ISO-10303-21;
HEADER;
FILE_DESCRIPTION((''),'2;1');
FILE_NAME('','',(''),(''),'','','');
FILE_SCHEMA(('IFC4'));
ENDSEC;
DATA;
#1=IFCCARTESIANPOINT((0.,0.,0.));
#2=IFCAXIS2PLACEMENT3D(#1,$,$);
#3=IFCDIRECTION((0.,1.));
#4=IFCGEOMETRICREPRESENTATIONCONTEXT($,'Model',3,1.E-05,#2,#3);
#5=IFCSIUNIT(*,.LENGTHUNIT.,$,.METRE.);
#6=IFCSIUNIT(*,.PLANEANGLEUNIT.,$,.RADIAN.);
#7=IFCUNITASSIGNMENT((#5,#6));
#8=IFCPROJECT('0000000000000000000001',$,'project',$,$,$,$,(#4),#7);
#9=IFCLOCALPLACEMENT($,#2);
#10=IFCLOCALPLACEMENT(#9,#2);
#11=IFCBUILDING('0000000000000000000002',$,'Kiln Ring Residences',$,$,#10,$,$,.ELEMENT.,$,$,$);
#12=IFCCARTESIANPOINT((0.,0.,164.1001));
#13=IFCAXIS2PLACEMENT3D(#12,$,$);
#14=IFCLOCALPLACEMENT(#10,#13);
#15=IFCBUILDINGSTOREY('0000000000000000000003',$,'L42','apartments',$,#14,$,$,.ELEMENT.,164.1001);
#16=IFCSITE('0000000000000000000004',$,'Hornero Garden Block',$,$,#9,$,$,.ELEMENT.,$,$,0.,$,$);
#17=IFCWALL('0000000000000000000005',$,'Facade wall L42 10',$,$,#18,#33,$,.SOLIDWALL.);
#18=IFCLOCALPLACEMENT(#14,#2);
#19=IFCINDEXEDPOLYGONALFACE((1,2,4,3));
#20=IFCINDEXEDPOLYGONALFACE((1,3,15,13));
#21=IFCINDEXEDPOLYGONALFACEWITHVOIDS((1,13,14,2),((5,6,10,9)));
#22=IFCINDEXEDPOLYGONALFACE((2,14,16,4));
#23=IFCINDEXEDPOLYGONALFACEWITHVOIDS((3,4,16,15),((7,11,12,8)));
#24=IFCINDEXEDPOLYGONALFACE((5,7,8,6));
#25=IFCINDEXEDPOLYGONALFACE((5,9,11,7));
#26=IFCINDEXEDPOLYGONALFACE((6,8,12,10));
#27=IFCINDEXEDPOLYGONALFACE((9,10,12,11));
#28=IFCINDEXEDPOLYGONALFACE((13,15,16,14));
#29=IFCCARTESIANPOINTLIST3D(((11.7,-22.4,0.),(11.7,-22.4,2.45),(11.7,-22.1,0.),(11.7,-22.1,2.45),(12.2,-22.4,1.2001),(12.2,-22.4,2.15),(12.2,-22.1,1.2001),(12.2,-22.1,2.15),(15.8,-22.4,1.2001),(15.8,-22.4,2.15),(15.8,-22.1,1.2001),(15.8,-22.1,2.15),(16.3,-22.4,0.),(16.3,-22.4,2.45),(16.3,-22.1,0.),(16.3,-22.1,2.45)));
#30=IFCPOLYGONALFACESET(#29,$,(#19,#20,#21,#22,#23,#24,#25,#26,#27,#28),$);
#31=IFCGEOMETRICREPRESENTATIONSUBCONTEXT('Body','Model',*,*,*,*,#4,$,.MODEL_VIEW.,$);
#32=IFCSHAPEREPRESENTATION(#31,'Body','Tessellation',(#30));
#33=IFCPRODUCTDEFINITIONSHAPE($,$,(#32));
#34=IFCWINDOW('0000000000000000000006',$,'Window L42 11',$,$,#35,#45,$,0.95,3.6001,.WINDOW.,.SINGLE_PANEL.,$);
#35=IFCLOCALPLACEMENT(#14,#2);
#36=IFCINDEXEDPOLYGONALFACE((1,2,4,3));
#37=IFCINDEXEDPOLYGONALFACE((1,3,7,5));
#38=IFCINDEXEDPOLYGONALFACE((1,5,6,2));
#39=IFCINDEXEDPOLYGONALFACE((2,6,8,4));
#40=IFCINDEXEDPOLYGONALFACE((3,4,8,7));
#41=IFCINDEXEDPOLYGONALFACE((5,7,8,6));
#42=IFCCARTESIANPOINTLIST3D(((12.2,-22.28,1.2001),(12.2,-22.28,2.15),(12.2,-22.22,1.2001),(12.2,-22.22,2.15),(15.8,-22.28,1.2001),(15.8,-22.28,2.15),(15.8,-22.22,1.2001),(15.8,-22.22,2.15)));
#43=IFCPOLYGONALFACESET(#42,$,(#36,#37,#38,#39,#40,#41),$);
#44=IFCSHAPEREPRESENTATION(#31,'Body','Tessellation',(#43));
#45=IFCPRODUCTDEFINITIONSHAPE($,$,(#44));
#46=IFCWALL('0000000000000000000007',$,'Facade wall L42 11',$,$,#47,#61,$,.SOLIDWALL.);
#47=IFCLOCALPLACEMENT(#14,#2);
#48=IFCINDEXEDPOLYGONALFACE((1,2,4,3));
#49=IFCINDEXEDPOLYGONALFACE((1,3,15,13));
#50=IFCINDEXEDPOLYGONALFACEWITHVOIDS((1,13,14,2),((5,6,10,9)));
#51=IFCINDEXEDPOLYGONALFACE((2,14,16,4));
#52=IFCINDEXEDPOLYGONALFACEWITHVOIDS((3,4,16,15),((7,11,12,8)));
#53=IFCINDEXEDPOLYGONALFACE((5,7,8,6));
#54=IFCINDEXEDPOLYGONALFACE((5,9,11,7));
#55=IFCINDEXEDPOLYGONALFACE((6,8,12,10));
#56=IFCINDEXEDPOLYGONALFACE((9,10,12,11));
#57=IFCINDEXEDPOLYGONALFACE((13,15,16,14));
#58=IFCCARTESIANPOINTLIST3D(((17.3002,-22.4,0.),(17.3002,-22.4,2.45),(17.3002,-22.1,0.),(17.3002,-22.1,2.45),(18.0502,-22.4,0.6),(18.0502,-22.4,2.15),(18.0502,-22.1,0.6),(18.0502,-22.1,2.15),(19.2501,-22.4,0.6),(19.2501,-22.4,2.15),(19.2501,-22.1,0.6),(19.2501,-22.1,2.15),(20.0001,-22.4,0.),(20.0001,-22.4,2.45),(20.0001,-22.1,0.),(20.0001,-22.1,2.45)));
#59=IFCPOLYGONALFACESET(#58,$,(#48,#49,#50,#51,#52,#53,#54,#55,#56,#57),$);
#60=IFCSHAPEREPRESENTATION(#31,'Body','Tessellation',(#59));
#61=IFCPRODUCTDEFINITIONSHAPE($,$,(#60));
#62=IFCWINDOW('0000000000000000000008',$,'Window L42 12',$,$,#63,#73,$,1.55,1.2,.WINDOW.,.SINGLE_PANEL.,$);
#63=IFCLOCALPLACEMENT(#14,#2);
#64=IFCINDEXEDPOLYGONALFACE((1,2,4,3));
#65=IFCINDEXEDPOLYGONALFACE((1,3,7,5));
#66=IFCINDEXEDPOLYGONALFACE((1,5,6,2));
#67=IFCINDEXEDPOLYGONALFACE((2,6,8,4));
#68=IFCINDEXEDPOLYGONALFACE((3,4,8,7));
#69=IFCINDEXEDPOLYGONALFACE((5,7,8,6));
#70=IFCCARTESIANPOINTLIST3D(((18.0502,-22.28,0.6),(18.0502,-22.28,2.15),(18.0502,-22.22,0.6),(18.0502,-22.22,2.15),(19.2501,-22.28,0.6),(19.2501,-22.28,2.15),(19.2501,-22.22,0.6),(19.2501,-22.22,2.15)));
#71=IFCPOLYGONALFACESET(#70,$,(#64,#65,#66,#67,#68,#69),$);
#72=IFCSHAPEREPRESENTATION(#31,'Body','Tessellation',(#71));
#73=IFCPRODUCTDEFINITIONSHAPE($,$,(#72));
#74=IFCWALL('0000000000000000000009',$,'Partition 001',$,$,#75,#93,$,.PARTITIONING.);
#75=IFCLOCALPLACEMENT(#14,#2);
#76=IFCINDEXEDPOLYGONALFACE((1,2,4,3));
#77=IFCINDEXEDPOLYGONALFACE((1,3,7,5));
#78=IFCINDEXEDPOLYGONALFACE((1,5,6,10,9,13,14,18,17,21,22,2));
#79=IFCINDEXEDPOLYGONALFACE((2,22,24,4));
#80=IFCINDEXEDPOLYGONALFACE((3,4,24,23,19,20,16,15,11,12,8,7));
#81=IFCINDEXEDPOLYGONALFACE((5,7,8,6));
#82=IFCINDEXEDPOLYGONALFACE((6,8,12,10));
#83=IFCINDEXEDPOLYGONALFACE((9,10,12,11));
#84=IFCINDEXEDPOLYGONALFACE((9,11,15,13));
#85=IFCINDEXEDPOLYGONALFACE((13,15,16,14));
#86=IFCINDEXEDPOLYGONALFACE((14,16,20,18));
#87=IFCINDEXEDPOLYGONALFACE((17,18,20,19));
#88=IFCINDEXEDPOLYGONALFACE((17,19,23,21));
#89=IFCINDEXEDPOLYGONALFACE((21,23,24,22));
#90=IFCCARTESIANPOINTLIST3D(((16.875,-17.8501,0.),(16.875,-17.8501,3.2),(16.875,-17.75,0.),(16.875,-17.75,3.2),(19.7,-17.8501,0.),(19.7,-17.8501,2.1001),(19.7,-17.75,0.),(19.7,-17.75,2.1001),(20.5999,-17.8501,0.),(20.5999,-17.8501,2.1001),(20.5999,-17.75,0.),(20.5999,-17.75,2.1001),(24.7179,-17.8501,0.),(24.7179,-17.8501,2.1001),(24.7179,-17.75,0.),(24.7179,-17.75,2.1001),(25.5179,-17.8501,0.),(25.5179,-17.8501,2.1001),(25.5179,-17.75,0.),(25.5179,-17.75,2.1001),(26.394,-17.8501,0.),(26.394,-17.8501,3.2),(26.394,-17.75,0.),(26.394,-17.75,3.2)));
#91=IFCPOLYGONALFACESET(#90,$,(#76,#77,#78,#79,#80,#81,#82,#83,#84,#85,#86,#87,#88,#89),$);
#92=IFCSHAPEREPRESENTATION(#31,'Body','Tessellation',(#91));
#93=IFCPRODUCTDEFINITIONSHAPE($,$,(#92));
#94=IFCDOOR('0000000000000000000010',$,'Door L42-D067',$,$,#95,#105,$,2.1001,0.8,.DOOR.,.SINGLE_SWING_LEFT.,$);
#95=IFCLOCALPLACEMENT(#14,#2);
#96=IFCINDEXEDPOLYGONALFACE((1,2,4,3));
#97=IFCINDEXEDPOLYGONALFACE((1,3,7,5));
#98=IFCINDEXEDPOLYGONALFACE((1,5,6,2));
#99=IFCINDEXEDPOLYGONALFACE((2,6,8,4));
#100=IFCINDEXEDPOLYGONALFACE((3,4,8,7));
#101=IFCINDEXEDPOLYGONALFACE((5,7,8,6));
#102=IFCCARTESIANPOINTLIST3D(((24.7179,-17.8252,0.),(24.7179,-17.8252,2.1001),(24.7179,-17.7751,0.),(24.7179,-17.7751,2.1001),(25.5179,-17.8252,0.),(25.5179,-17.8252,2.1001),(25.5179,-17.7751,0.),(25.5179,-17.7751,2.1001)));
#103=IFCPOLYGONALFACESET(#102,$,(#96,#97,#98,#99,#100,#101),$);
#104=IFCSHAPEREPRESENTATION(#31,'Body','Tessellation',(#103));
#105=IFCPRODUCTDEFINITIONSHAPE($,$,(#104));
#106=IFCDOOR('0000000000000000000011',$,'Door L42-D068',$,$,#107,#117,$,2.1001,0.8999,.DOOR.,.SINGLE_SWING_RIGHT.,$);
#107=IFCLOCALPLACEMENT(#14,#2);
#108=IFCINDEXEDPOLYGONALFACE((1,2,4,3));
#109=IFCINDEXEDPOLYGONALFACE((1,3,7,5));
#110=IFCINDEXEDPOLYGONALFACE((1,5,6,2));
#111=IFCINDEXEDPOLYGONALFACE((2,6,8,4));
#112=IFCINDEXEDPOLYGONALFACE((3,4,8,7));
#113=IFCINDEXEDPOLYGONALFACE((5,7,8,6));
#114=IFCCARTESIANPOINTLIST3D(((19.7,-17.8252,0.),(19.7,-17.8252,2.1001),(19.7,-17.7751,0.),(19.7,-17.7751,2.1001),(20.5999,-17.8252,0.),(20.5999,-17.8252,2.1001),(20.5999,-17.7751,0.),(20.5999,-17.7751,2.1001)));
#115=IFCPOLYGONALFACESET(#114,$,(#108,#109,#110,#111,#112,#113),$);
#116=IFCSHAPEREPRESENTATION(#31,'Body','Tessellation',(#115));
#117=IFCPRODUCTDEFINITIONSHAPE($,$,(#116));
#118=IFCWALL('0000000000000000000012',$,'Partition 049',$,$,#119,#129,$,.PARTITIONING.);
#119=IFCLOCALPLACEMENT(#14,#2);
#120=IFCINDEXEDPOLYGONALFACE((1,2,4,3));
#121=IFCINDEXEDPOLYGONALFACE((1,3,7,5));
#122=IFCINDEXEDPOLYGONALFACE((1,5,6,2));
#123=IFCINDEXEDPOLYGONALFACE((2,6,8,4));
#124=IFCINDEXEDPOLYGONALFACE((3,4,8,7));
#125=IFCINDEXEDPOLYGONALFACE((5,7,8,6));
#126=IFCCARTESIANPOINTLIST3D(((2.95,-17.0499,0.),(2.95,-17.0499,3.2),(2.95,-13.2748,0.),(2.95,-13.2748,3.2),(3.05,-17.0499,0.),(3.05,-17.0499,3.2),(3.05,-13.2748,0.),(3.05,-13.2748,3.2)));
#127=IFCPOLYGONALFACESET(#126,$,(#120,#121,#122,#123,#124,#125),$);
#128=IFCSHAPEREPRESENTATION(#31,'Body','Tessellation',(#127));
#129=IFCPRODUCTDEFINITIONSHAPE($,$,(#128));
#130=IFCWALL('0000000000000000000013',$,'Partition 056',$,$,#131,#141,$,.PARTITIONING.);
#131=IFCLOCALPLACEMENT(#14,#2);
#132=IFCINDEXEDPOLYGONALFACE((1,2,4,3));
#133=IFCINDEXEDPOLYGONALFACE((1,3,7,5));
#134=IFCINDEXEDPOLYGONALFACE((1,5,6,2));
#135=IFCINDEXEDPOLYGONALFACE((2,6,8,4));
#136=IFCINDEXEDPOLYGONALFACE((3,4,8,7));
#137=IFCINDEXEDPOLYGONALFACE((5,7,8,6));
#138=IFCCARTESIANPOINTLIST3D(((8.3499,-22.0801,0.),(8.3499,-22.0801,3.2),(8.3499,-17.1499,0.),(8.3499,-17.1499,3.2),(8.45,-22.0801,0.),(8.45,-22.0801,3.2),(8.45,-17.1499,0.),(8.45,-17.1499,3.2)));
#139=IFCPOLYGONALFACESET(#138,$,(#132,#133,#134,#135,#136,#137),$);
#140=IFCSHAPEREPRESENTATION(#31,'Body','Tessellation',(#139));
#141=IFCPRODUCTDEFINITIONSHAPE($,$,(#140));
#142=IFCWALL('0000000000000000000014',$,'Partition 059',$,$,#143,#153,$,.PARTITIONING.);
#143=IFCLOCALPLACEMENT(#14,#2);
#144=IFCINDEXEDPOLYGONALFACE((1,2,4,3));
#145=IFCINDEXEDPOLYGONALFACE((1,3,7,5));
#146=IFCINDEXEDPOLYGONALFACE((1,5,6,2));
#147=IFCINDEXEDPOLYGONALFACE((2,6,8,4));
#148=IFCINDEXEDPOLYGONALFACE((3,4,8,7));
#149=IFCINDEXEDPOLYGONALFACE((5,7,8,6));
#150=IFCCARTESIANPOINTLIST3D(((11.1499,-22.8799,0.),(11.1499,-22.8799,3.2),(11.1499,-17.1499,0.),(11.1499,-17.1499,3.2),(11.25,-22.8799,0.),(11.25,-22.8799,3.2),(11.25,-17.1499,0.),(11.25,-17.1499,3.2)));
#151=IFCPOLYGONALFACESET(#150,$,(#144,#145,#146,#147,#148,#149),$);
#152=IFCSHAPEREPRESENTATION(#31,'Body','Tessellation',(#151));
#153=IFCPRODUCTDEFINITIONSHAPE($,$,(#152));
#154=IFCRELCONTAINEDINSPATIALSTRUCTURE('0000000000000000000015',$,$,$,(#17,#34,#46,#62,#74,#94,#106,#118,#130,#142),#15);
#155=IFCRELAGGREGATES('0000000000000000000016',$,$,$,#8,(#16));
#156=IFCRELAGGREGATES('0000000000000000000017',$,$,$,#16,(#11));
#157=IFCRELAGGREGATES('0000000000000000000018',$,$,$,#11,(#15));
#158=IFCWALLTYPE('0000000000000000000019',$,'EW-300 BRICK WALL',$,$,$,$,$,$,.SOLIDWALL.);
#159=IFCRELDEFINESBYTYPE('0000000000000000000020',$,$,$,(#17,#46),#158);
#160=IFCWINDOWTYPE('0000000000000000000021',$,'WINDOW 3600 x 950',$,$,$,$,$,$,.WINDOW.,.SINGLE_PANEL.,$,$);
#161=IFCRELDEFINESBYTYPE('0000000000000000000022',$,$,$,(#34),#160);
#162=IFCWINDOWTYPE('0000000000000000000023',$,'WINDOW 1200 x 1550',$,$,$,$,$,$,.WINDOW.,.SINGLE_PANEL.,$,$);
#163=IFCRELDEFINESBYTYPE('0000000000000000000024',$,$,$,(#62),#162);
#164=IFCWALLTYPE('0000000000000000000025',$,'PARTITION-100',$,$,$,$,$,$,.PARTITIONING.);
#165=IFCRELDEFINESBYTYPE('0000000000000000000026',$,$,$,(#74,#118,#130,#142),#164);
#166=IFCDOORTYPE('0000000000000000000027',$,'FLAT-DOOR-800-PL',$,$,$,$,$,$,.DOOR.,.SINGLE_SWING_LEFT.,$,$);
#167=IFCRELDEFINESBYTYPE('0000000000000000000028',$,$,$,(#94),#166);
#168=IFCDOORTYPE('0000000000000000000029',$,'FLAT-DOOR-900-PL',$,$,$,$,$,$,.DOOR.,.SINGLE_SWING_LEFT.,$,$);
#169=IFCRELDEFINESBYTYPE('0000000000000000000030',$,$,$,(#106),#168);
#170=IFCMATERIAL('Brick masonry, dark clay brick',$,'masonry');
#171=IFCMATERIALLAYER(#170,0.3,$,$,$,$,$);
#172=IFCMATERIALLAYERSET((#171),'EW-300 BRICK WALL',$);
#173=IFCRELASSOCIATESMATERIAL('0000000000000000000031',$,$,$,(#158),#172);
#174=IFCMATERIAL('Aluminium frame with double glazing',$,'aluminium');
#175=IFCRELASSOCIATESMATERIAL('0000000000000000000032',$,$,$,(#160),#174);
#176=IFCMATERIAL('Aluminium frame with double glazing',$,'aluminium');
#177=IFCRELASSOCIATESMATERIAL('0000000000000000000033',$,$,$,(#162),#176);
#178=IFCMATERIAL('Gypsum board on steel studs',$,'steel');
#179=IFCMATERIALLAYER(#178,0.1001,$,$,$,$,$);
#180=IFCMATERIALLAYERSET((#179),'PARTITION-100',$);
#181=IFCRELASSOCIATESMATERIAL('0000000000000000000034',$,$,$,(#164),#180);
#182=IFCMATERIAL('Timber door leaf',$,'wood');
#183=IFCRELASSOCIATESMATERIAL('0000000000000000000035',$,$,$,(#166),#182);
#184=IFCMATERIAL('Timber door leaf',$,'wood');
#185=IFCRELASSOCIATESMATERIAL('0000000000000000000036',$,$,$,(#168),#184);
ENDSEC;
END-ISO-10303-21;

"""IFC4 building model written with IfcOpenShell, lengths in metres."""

from ifc_helpers import new_model, si_unit, direction, frame, frame_2d, origin, place, context, subcontext, project, spatial, rectangle, extrude, material, layer, layer_set, type_object, element, fill, save


model = new_model("IFC4")

# Units and contexts
model_context = context("Model", 3, precision=1e-05, world=origin(), true_north=direction((0.0, 1.0)))
body_context = subcontext(model_context, "Body", "Model", "MODEL_VIEW")
ifc_project = project(units=[si_unit("LENGTHUNIT", "METRE"), si_unit("PLANEANGLEUNIT", "RADIAN")], contexts=[model_context])

# Site, building, storey
site_placement = place(None, origin())
site = spatial("IfcSite", under=ifc_project, at=site_placement, Name="Hornero Garden Block", CompositionType="ELEMENT", RefElevation=0.0)
building_placement = place(site_placement, origin())
building = spatial("IfcBuilding", under=site, at=building_placement, Name="Kiln Ring Residences", CompositionType="ELEMENT")
storey_placement = place(building_placement, frame((0.0, 0.0, 164.1001)))
storey = spatial("IfcBuildingStorey", under=building, at=storey_placement, Name="L42", Description="apartments", CompositionType="ELEMENT", Elevation=164.1001)

# Shared definitions
ifc_material_1 = material(Name="Brick masonry, dark clay brick", Category="masonry")
ifc_layer_1 = layer(ifc_material_1, 0.3)
ifc_layer_set_1 = layer_set([ifc_layer_1], Name="EW-300 BRICK WALL")
wall_type_1 = type_object("IfcWallType", Name="EW-300 BRICK WALL", PredefinedType="SOLIDWALL", material=ifc_layer_set_1)
ifc_material_2 = material(Name="Aluminium frame with double glazing", Category="aluminium")
window_type_1 = type_object("IfcWindowType", Name="WINDOW 3600 x 950", PartitioningType="SINGLE_PANEL", PredefinedType="WINDOW", material=ifc_material_2)

# Shared definitions
ifc_material_3 = material(Name="Aluminium frame with double glazing", Category="aluminium")
window_type_2 = type_object("IfcWindowType", Name="WINDOW 1200 x 1550", PartitioningType="SINGLE_PANEL", PredefinedType="WINDOW", material=ifc_material_3)

# Walls, openings, windows
wall_1_placement = place(storey_placement, frame((11.7, -22.25, 0.0), z_axis=(0.0, 0.0, 1.0), x_axis=(1.0, 0.0, 0.0)))
wall_1 = element("IfcWall", 1, at=wall_1_placement, inside=storey, type_object=wall_type_1, Name="Facade wall L42 10", PredefinedType="SOLIDWALL", context=body_context, shape_type="SweptSolid", body=[
    extrude(rectangle(XDim=4.6001, YDim=0.3, at=frame_2d((2.3, 0.0))), origin(), (0.0, 0.0, 1.0), 2.45),
])
opening_1_placement = place(wall_1_placement, frame((0.5, 0.0, 1.2)))
opening_1 = element("IfcOpeningElement", 2, at=opening_1_placement, cuts=wall_1, PredefinedType="OPENING", context=body_context, shape_type="SweptSolid", body=[
    extrude(rectangle(XDim=3.6001, YDim=0.95, at=frame_2d((1.8, 0.4751))), frame((0.0, 0.1599, 0.0), z_axis=(0.0, -1.0, 0.0), x_axis=(1.0, 0.0, 0.0)), (0.0, 0.0, 1.0), 0.3201),
])
window_1_placement = place(opening_1_placement, origin())
window_1 = element("IfcWindow", 3, at=window_1_placement, inside=storey, type_object=window_type_1, Name="Window L42 11", OverallHeight=0.95, OverallWidth=3.6001, PartitioningType="SINGLE_PANEL", PredefinedType="WINDOW", context=body_context, shape_type="SweptSolid", body=[
    extrude(rectangle(XDim=3.6001, YDim=0.95, at=frame_2d((1.8, 0.4751))), frame((0.0, 0.03, 0.0), z_axis=(0.0, -1.0, 0.0), x_axis=(1.0, 0.0, 0.0)), (0.0, 0.0, 1.0), 0.0601),
])
fill(opening_1, window_1)
wall_2_placement = place(storey_placement, frame((17.3, -22.25, 0.0), z_axis=(0.0, 0.0, 1.0), x_axis=(1.0, 0.0, 0.0)))
wall_2 = element("IfcWall", 4, at=wall_2_placement, inside=storey, type_object=wall_type_1, Name="Facade wall L42 11", PredefinedType="SOLIDWALL", context=body_context, shape_type="SweptSolid", body=[
    extrude(rectangle(XDim=2.7, YDim=0.3, at=frame_2d((1.3501, 0.0))), origin(), (0.0, 0.0, 1.0), 2.45),
])
opening_2_placement = place(wall_2_placement, frame((0.75, 0.0, 0.6001)))
opening_2 = element("IfcOpeningElement", 5, at=opening_2_placement, cuts=wall_2, PredefinedType="OPENING", context=body_context, shape_type="SweptSolid", body=[
    extrude(rectangle(XDim=1.2, YDim=1.55, at=frame_2d((0.6001, 0.7749))), frame((0.0, 0.1599, 0.0), z_axis=(0.0, -1.0, 0.0), x_axis=(1.0, 0.0, 0.0)), (0.0, 0.0, 1.0), 0.3201),
])
window_2_placement = place(opening_2_placement, origin())
window_2 = element("IfcWindow", 6, at=window_2_placement, inside=storey, type_object=window_type_2, Name="Window L42 12", OverallHeight=1.55, OverallWidth=1.2, PartitioningType="SINGLE_PANEL", PredefinedType="WINDOW", context=body_context, shape_type="SweptSolid", body=[
    extrude(rectangle(XDim=1.2, YDim=1.55, at=frame_2d((0.6001, 0.7749))), frame((0.0, 0.03, 0.0), z_axis=(0.0, -1.0, 0.0), x_axis=(1.0, 0.0, 0.0)), (0.0, 0.0, 1.0), 0.0601),
])
fill(opening_2, window_2)

# Wall, openings, doors
ifc_material_4 = material(Name="Gypsum board on steel studs", Category="steel")
ifc_layer_2 = layer(ifc_material_4, 0.1001)
ifc_layer_set_2 = layer_set([ifc_layer_2], Name="PARTITION-100")
wall_type_2 = type_object("IfcWallType", Name="PARTITION-100", PredefinedType="PARTITIONING", material=ifc_layer_set_2)
wall_3_placement = place(storey_placement, frame((16.875, -17.8, 0.0), z_axis=(0.0, 0.0, 1.0), x_axis=(1.0, 0.0, 0.0)))
wall_3 = element("IfcWall", 7, at=wall_3_placement, inside=storey, type_object=wall_type_2, Name="Partition 001", PredefinedType="PARTITIONING", context=body_context, shape_type="SweptSolid", body=[
    extrude(rectangle(XDim=9.519, YDim=0.1001, at=frame_2d((4.7595, 0.0))), origin(), (0.0, 0.0, 1.0), 3.2),
])
opening_3_placement = place(wall_3_placement, frame((7.843, 0.0, 0.0)))
opening_3 = element("IfcOpeningElement", 8, at=opening_3_placement, cuts=wall_3, PredefinedType="OPENING", context=body_context, shape_type="SweptSolid", body=[
    extrude(rectangle(XDim=0.8, YDim=2.1001, at=frame_2d((0.3999, 1.05))), frame((0.0, 0.0601, 0.0), z_axis=(0.0, -1.0, 0.0), x_axis=(1.0, 0.0, 0.0)), (0.0, 0.0, 1.0), 0.1201),
])
opening_4_placement = place(wall_3_placement, frame((2.825, 0.0, 0.0)))
opening_4 = element("IfcOpeningElement", 9, at=opening_4_placement, cuts=wall_3, PredefinedType="OPENING", context=body_context, shape_type="SweptSolid", body=[
    extrude(rectangle(XDim=0.8999, YDim=2.1001, at=frame_2d((0.45, 1.05))), frame((0.0, 0.0601, 0.0), z_axis=(0.0, -1.0, 0.0), x_axis=(1.0, 0.0, 0.0)), (0.0, 0.0, 1.0), 0.1201),
])
ifc_material_5 = material(Name="Timber door leaf", Category="wood")
door_type_1 = type_object("IfcDoorType", Name="FLAT-DOOR-800-PL", OperationType="SINGLE_SWING_LEFT", PredefinedType="DOOR", material=ifc_material_5)
door_1_placement = place(opening_3_placement, origin())
door_1 = element("IfcDoor", 10, at=door_1_placement, inside=storey, type_object=door_type_1, Name="Door L42-D067", OperationType="SINGLE_SWING_LEFT", OverallHeight=2.1001, OverallWidth=0.8, PredefinedType="DOOR", context=body_context, shape_type="SweptSolid", body=[
    extrude(rectangle(XDim=0.8, YDim=2.1001, at=frame_2d((0.3999, 1.05))), frame((0.0, 0.0249, 0.0), z_axis=(0.0, -1.0, 0.0), x_axis=(1.0, 0.0, 0.0)), (0.0, 0.0, 1.0), 0.05),
])
fill(opening_3, door_1)
ifc_material_6 = material(Name="Timber door leaf", Category="wood")
door_type_2 = type_object("IfcDoorType", Name="FLAT-DOOR-900-PL", OperationType="SINGLE_SWING_LEFT", PredefinedType="DOOR", material=ifc_material_6)
door_2_placement = place(opening_4_placement, origin())
door_2 = element("IfcDoor", 11, at=door_2_placement, inside=storey, type_object=door_type_2, Name="Door L42-D068", OperationType="SINGLE_SWING_RIGHT", OverallHeight=2.1001, OverallWidth=0.8999, PredefinedType="DOOR", context=body_context, shape_type="SweptSolid", body=[
    extrude(rectangle(XDim=0.8999, YDim=2.1001, at=frame_2d((0.45, 1.05))), frame((0.0, 0.0249, 0.0), z_axis=(0.0, -1.0, 0.0), x_axis=(1.0, 0.0, 0.0)), (0.0, 0.0, 1.0), 0.05),
])
fill(opening_4, door_2)

# Walls
wall_4_placement = place(storey_placement, frame((3.0, -17.05, 0.0), z_axis=(0.0, 0.0, 1.0), x_axis=(0.0, 1.0, 0.0)))
element("IfcWall", 12, at=wall_4_placement, inside=storey, type_object=wall_type_2, Name="Partition 049", PredefinedType="PARTITIONING", context=body_context, shape_type="SweptSolid", body=[
    extrude(rectangle(XDim=3.7751, YDim=0.1001, at=frame_2d((1.8877, 0.0))), origin(), (0.0, 0.0, 1.0), 3.2),
])
wall_5_placement = place(storey_placement, frame((8.3999, -22.0801, 0.0), z_axis=(0.0, 0.0, 1.0), x_axis=(0.0, 1.0, 0.0)))
element("IfcWall", 13, at=wall_5_placement, inside=storey, type_object=wall_type_2, Name="Partition 056", PredefinedType="PARTITIONING", context=body_context, shape_type="SweptSolid", body=[
    extrude(rectangle(XDim=4.9302, YDim=0.1001, at=frame_2d((2.4651, 0.0))), origin(), (0.0, 0.0, 1.0), 3.2),
])
wall_6_placement = place(storey_placement, frame((11.2, -22.8799, 0.0), z_axis=(0.0, 0.0, 1.0), x_axis=(0.0, 1.0, 0.0)))
element("IfcWall", 14, at=wall_6_placement, inside=storey, type_object=wall_type_2, Name="Partition 059", PredefinedType="PARTITIONING", context=body_context, shape_type="SweptSolid", body=[
    extrude(rectangle(XDim=5.73, YDim=0.1001, at=frame_2d((2.865, 0.0))), origin(), (0.0, 0.0, 1.0), 3.2),
])

save(model, "model.ifc")
